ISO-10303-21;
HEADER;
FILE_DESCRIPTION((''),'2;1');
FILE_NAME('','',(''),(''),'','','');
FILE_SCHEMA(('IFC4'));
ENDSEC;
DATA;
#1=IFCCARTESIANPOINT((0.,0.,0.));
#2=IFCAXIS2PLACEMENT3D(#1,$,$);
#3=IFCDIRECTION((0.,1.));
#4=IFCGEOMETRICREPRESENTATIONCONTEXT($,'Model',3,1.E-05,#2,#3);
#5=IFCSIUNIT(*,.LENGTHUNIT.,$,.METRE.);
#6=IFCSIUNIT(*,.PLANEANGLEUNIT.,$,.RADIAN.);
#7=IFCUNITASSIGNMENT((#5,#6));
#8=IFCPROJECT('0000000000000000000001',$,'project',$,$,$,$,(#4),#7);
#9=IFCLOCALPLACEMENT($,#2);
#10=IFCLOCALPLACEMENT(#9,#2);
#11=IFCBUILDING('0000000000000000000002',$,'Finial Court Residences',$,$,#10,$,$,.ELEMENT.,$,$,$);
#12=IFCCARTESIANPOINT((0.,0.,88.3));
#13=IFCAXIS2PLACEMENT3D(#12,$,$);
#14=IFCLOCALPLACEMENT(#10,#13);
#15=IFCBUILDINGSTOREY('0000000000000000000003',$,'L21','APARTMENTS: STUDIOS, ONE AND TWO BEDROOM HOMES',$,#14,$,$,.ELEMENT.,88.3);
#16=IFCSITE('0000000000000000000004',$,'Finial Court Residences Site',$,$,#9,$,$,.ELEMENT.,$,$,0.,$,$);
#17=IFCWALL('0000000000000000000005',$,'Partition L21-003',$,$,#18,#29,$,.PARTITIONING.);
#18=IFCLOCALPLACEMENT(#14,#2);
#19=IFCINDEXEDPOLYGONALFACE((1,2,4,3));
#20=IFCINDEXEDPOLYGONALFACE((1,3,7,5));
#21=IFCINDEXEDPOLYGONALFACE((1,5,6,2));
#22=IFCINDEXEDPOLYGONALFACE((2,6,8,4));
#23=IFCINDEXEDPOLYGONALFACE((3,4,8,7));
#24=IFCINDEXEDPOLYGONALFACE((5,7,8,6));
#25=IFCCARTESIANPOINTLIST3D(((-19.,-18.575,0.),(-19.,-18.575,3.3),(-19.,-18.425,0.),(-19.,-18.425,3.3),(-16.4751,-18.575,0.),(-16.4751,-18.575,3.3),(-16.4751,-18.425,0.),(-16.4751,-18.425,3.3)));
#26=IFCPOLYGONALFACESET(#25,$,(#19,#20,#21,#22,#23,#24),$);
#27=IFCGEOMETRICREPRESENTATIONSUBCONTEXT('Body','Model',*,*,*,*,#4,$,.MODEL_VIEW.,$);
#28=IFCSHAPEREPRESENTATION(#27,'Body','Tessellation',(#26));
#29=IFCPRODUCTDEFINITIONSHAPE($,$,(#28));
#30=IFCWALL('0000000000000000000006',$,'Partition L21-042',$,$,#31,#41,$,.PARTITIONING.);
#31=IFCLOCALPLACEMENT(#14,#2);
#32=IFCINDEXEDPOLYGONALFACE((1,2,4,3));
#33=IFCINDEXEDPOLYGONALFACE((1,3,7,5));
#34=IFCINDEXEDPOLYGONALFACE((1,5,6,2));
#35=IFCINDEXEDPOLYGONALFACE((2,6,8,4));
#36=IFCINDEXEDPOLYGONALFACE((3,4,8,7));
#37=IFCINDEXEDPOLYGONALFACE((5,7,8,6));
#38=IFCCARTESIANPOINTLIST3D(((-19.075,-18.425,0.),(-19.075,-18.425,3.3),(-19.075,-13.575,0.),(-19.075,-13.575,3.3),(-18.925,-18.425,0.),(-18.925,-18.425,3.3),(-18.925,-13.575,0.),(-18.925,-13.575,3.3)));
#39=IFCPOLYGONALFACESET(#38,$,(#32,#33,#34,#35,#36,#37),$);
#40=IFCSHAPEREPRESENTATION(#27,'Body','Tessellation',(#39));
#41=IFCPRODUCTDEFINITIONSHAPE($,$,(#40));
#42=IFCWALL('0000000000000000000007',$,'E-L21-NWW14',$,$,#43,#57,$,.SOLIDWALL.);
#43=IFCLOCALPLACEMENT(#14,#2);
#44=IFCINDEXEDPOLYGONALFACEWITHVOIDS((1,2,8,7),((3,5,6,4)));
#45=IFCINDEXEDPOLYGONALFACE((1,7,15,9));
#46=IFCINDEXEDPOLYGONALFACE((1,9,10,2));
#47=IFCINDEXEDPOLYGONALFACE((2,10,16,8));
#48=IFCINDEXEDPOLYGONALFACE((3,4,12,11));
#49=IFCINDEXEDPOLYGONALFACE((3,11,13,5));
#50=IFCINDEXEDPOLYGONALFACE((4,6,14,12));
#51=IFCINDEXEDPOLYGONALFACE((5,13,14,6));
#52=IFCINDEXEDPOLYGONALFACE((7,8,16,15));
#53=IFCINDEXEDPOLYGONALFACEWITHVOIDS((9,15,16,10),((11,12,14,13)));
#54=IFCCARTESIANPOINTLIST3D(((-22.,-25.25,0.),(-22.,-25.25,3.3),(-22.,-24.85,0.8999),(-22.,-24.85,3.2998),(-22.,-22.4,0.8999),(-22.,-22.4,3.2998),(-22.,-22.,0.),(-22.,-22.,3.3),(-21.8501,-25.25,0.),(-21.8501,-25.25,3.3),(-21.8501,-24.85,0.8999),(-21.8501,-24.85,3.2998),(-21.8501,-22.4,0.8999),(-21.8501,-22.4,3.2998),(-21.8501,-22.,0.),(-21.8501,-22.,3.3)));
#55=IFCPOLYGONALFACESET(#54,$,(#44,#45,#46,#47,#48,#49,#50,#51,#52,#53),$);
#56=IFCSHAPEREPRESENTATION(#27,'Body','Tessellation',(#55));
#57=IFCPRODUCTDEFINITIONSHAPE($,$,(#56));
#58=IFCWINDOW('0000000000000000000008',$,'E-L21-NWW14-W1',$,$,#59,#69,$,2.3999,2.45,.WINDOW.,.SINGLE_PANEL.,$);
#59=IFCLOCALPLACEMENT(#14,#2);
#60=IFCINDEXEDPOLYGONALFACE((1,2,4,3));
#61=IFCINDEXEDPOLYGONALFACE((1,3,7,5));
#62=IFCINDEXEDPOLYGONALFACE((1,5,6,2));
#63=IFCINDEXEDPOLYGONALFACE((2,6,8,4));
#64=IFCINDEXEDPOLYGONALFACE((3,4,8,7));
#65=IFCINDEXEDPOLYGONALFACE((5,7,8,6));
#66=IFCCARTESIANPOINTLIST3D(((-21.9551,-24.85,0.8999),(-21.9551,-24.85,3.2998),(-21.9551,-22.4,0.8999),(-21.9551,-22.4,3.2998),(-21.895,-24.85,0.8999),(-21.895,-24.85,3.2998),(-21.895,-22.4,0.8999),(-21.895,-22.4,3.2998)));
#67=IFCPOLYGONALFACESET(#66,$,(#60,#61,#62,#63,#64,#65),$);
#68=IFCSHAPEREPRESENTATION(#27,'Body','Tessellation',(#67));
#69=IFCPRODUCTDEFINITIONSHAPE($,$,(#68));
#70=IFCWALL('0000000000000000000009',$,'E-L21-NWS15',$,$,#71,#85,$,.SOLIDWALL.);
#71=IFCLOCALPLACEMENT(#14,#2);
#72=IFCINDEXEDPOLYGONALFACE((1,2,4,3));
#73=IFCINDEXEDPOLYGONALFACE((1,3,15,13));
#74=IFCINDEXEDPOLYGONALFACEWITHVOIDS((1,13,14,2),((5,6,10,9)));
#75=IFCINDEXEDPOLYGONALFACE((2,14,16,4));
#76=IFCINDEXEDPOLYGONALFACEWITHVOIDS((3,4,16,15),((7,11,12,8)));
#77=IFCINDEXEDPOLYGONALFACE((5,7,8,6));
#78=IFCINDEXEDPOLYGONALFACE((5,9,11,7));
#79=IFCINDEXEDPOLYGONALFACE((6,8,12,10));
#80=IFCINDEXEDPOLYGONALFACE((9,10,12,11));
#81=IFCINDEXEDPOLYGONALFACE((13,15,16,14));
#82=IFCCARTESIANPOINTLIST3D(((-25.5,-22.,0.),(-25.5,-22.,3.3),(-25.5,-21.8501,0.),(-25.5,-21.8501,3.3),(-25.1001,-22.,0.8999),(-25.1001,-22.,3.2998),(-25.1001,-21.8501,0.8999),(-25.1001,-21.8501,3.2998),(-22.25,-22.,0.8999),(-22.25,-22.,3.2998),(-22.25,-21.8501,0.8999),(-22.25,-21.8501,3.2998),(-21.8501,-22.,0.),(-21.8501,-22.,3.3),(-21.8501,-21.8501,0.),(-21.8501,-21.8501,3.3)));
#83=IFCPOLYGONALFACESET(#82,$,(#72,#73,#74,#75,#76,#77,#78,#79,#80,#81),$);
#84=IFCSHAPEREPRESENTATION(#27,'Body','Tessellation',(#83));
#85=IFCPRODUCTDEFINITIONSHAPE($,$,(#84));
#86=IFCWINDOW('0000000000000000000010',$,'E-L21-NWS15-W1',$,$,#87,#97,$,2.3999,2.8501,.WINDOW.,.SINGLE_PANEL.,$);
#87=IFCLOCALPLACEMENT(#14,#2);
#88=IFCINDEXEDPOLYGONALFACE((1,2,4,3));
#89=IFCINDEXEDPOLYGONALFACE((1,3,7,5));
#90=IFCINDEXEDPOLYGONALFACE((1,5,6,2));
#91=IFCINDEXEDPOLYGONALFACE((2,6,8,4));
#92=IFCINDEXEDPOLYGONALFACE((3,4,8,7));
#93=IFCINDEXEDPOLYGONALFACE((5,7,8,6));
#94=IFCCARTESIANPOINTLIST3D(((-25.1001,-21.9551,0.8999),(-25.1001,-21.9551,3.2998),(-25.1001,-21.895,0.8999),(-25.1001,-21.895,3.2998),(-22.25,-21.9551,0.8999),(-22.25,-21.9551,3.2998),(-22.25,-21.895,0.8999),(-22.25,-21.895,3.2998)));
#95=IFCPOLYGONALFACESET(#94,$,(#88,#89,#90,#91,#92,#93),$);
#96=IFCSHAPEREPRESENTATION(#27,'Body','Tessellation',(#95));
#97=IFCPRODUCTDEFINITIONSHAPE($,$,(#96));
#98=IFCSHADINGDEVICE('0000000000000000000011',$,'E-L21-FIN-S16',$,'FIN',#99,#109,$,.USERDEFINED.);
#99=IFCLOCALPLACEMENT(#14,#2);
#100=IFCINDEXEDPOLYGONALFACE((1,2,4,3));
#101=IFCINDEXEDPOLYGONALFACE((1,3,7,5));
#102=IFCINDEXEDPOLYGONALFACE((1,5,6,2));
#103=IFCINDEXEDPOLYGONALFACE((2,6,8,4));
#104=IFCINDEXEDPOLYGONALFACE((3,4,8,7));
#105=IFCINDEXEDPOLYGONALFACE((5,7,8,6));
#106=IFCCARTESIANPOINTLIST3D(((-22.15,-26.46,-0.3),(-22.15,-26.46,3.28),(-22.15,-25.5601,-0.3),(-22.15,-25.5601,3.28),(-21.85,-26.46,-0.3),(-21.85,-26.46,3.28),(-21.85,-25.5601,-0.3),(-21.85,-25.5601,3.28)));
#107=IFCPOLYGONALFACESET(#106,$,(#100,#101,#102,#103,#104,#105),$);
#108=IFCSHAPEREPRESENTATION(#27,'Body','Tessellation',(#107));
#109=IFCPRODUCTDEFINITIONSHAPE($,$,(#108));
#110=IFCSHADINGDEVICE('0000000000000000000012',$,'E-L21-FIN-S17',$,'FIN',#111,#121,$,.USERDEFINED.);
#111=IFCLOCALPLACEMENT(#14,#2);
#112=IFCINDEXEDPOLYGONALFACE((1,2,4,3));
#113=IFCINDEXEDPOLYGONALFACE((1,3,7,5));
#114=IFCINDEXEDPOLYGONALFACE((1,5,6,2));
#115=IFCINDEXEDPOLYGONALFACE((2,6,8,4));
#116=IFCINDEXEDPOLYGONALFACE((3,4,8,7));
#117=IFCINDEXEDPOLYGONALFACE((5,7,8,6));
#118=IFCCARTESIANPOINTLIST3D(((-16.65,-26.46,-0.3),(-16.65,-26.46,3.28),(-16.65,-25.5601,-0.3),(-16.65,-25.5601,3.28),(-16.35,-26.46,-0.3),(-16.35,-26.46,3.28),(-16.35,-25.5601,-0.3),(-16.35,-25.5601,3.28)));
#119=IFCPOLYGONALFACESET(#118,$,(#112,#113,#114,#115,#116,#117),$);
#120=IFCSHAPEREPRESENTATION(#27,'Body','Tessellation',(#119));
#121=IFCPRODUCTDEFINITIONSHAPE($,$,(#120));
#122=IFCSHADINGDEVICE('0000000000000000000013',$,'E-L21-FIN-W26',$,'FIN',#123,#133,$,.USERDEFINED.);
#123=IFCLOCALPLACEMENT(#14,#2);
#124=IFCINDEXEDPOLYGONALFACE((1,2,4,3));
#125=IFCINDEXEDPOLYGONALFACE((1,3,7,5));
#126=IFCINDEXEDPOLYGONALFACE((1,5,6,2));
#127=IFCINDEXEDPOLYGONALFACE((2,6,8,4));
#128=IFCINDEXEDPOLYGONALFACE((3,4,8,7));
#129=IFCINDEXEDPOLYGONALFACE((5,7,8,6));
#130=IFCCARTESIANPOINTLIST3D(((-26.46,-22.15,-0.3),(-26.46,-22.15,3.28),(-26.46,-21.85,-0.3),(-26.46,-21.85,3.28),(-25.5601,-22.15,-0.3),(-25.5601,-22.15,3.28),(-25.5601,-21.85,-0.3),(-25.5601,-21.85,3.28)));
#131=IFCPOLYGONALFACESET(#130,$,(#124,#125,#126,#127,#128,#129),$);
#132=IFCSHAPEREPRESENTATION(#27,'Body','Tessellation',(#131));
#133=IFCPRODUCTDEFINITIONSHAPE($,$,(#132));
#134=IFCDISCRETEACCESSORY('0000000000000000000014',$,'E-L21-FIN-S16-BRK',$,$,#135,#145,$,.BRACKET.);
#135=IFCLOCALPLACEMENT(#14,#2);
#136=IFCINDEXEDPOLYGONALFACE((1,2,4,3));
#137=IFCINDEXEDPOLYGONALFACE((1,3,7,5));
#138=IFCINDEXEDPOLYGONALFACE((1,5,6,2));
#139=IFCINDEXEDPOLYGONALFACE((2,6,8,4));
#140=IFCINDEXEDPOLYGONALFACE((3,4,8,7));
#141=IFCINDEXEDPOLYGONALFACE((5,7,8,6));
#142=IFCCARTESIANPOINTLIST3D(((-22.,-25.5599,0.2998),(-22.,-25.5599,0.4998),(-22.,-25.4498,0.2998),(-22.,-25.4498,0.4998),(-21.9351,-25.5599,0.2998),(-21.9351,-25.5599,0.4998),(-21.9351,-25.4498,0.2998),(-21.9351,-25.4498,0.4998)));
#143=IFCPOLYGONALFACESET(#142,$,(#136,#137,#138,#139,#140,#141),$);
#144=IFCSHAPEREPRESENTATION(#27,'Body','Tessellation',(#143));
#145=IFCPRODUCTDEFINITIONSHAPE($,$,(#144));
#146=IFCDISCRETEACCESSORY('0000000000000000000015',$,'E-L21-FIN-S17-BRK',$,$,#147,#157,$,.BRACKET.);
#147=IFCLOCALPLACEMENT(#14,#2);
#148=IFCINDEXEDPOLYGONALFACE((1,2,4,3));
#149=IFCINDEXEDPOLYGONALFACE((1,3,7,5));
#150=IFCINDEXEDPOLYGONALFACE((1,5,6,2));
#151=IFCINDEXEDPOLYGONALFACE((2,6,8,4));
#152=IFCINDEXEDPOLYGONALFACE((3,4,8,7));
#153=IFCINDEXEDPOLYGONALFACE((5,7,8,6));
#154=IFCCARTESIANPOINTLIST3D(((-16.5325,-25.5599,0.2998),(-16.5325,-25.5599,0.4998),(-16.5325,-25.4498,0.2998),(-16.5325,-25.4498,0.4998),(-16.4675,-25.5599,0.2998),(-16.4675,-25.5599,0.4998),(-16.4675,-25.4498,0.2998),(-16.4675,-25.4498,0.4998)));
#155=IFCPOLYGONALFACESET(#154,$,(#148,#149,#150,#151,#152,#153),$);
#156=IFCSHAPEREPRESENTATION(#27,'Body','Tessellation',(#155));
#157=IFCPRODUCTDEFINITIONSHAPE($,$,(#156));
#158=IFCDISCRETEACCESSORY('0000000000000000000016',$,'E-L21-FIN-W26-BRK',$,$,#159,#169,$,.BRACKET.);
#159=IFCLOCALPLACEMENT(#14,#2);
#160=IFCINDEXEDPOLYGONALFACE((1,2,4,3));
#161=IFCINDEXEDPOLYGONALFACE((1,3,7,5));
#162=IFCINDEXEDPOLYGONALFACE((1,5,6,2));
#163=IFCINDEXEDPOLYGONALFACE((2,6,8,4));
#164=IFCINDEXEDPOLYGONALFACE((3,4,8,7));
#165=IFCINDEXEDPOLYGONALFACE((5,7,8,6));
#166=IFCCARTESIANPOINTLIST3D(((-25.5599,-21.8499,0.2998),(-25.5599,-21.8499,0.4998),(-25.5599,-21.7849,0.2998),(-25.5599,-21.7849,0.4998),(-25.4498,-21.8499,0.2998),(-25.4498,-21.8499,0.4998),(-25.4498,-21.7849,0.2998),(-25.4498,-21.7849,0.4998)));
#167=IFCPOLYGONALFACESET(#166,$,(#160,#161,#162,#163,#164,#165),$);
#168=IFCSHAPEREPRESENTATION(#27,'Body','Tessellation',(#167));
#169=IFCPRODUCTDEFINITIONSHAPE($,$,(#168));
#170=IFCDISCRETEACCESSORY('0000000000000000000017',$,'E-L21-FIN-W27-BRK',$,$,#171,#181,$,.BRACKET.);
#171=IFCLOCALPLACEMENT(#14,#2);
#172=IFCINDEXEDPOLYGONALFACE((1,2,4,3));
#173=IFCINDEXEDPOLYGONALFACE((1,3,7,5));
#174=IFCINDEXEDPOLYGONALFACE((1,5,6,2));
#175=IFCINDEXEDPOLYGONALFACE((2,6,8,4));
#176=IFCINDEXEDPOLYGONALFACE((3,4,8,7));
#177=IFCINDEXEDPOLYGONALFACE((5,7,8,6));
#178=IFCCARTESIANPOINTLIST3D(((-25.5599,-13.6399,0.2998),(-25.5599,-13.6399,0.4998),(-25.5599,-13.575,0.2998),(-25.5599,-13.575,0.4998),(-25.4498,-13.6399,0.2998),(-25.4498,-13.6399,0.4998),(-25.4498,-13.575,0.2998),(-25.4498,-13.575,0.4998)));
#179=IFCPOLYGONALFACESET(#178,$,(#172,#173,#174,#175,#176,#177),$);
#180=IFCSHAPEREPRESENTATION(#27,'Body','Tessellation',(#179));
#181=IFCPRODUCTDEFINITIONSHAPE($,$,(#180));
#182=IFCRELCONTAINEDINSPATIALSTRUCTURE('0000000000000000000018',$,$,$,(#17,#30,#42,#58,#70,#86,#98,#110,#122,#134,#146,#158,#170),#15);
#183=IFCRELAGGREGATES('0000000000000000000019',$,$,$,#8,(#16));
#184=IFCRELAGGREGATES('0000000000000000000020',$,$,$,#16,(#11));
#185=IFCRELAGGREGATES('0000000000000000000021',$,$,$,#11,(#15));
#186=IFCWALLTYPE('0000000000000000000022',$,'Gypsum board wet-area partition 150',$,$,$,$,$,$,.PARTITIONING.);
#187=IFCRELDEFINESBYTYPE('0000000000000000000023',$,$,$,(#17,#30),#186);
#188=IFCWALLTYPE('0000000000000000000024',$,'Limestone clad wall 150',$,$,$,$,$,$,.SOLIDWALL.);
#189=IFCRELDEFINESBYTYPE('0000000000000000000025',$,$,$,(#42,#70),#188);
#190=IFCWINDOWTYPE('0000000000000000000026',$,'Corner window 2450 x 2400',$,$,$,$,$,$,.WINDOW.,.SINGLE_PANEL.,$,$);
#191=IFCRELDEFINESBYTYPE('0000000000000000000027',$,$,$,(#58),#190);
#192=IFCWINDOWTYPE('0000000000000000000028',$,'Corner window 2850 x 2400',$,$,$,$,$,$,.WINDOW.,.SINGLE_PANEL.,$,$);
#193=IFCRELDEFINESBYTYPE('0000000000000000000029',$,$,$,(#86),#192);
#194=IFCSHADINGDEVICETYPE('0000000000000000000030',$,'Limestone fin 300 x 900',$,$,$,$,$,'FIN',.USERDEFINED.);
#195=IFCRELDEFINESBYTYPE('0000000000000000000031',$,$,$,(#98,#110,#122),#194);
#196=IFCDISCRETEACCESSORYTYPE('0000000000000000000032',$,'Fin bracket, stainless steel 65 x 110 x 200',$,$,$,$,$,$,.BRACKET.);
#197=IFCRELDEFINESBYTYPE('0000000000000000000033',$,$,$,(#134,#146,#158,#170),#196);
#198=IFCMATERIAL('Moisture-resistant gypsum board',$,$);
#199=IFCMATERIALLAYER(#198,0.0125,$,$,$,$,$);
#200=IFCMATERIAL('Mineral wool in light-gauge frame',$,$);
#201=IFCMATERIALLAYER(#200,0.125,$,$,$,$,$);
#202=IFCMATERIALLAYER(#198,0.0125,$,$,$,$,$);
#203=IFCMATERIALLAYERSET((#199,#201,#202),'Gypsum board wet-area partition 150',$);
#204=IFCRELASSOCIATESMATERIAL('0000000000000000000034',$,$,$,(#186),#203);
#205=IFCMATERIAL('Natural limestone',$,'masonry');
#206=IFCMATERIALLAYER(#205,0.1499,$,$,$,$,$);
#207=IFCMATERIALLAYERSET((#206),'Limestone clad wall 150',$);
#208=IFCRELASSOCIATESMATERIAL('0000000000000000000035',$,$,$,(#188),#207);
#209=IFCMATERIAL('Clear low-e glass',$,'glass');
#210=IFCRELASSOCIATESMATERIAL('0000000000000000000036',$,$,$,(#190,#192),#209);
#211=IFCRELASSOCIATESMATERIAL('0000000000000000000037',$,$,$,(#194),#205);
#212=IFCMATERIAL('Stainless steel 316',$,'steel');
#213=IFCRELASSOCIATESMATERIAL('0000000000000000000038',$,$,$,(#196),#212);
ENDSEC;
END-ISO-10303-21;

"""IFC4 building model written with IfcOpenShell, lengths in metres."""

from ifc_helpers import new_model, si_unit, direction, frame, frame_2d, origin, origin_2d, place, context, subcontext, project, spatial, rectangle, extrude, material, layer, layer_set, type_object, element, fill, save


model = new_model("IFC4")

# Units and contexts
model_context = context("Model", 3, precision=1e-05, world=origin(), true_north=direction((0.0, 1.0)))
body_context = subcontext(model_context, "Body", "Model", "MODEL_VIEW")
ifc_project = project(units=[si_unit("LENGTHUNIT", "METRE"), si_unit("PLANEANGLEUNIT", "RADIAN")], contexts=[model_context])

# Site, building, storey
site_placement = place(None, origin())
site = spatial("IfcSite", under=ifc_project, at=site_placement, Name="Finial Court Residences Site", CompositionType="ELEMENT", RefElevation=0.0)
building_placement = place(site_placement, origin())
building = spatial("IfcBuilding", under=site, at=building_placement, Name="Finial Court Residences", CompositionType="ELEMENT")
storey_placement = place(building_placement, frame((0.0, 0.0, 88.3)))
storey = spatial("IfcBuildingStorey", under=building, at=storey_placement, Name="L21", Description="APARTMENTS: STUDIOS, ONE AND TWO BEDROOM HOMES", CompositionType="ELEMENT", Elevation=88.3)

# Shared definitions
ifc_material_1 = material(Name="Clear low-e glass", Category="glass")

# Shared definitions
ifc_material_2 = material(Name="Mineral wool in light-gauge frame")

# Walls
ifc_material_3 = material(Name="Moisture-resistant gypsum board")
ifc_layer_1 = layer(ifc_material_3, 0.0125)
ifc_layer_2 = layer(ifc_material_2, 0.125)
ifc_layer_3 = layer(ifc_material_3, 0.0125)
ifc_layer_set_1 = layer_set([ifc_layer_1, ifc_layer_2, ifc_layer_3], Name="Gypsum board wet-area partition 150")
wall_type_1 = type_object("IfcWallType", Name="Gypsum board wet-area partition 150", PredefinedType="PARTITIONING", material=ifc_layer_set_1)
wall_1_placement = place(storey_placement, frame((-19.0, -18.5, 0.0), z_axis=(0.0, 0.0, 1.0), x_axis=(1.0, 0.0, 0.0)))
element("IfcWall", 1, at=wall_1_placement, inside=storey, type_object=wall_type_1, Name="Partition L21-003", PredefinedType="PARTITIONING", context=body_context, shape_type="SweptSolid", body=[
    extrude(rectangle(XDim=2.5249, YDim=0.1499, at=frame_2d((1.2625, 0.0))), origin(), (0.0, 0.0, 1.0), 3.3),
])
wall_2_placement = place(storey_placement, frame((-19.0, -18.425, 0.0), z_axis=(0.0, 0.0, 1.0), x_axis=(0.0, 1.0, 0.0)))
element("IfcWall", 2, at=wall_2_placement, inside=storey, type_object=wall_type_1, Name="Partition L21-042", PredefinedType="PARTITIONING", context=body_context, shape_type="SweptSolid", body=[
    extrude(rectangle(XDim=4.8501, YDim=0.1499, at=frame_2d((2.425, 0.0))), origin(), (0.0, 0.0, 1.0), 3.3),
])

# Walls, openings, windows
ifc_material_4 = material(Name="Natural limestone", Category="masonry")
ifc_layer_4 = layer(ifc_material_4, 0.1499)
ifc_layer_set_2 = layer_set([ifc_layer_4], Name="Limestone clad wall 150")
wall_type_2 = type_object("IfcWallType", Name="Limestone clad wall 150", PredefinedType="SOLIDWALL", material=ifc_layer_set_2)
wall_3_placement = place(storey_placement, frame((-21.925, -25.25, 0.0), z_axis=(0.0, 0.0, 1.0), x_axis=(0.0, 1.0, 0.0)))
wall_3 = element("IfcWall", 3, at=wall_3_placement, inside=storey, type_object=wall_type_2, Name="E-L21-NWW14", PredefinedType="SOLIDWALL", context=body_context, shape_type="SweptSolid", body=[
    extrude(rectangle(XDim=3.25, YDim=0.1499, at=frame_2d((1.625, 0.0))), origin(), (0.0, 0.0, 1.0), 3.3),
])
opening_1_placement = place(wall_3_placement, frame((0.3999, 0.0, 0.8999)))
opening_1 = element("IfcOpeningElement", 4, at=opening_1_placement, cuts=wall_3, PredefinedType="OPENING", context=body_context, shape_type="SweptSolid", body=[
    extrude(rectangle(XDim=2.45, YDim=2.3999, at=frame_2d((1.2251, 1.2))), frame((0.0, 0.085, 0.0), z_axis=(0.0, -1.0, 0.0), x_axis=(1.0, 0.0, 0.0)), (0.0, 0.0, 1.0), 0.1699),
])
window_type_1 = type_object("IfcWindowType", Name="Corner window 2450 x 2400", PartitioningType="SINGLE_PANEL", PredefinedType="WINDOW", material=ifc_material_1)
window_1_placement = place(opening_1_placement, origin())
window_1 = element("IfcWindow", 5, at=window_1_placement, inside=storey, type_object=window_type_1, Name="E-L21-NWW14-W1", OverallHeight=2.3999, OverallWidth=2.45, PartitioningType="SINGLE_PANEL", PredefinedType="WINDOW", context=body_context, shape_type="SweptSolid", body=[
    extrude(rectangle(XDim=2.45, YDim=2.3999, at=frame_2d((1.2251, 1.2))), frame((0.0, 0.03, 0.0), z_axis=(0.0, -1.0, 0.0), x_axis=(1.0, 0.0, 0.0)), (0.0, 0.0, 1.0), 0.0601),
])
fill(opening_1, window_1)
wall_4_placement = place(storey_placement, frame((-21.8501, -21.925, 0.0), z_axis=(0.0, 0.0, 1.0), x_axis=(-1.0, 0.0, 0.0)))
wall_4 = element("IfcWall", 6, at=wall_4_placement, inside=storey, type_object=wall_type_2, Name="E-L21-NWS15", PredefinedType="SOLIDWALL", context=body_context, shape_type="SweptSolid", body=[
    extrude(rectangle(XDim=3.6499, YDim=0.1499, at=frame_2d((1.825, 0.0))), origin(), (0.0, 0.0, 1.0), 3.3),
])
opening_2_placement = place(wall_4_placement, frame((0.3999, 0.0, 0.8999)))
opening_2 = element("IfcOpeningElement", 7, at=opening_2_placement, cuts=wall_4, PredefinedType="OPENING", context=body_context, shape_type="SweptSolid", body=[
    extrude(rectangle(XDim=2.8501, YDim=2.3999, at=frame_2d((1.425, 1.2))), frame((0.0, 0.085, 0.0), z_axis=(0.0, -1.0, 0.0), x_axis=(1.0, 0.0, 0.0)), (0.0, 0.0, 1.0), 0.1699),
])
window_type_2 = type_object("IfcWindowType", Name="Corner window 2850 x 2400", PartitioningType="SINGLE_PANEL", PredefinedType="WINDOW", material=ifc_material_1)
window_2_placement = place(opening_2_placement, origin())
window_2 = element("IfcWindow", 8, at=window_2_placement, inside=storey, type_object=window_type_2, Name="E-L21-NWS15-W1", OverallHeight=2.3999, OverallWidth=2.8501, PartitioningType="SINGLE_PANEL", PredefinedType="WINDOW", context=body_context, shape_type="SweptSolid", body=[
    extrude(rectangle(XDim=2.8501, YDim=2.3999, at=frame_2d((1.425, 1.2))), frame((0.0, 0.03, 0.0), z_axis=(0.0, -1.0, 0.0), x_axis=(1.0, 0.0, 0.0)), (0.0, 0.0, 1.0), 0.0601),
])
fill(opening_2, window_2)

# Shading devices
shading_device_type = type_object("IfcShadingDeviceType", Name="Limestone fin 300 x 900", ElementType="FIN", PredefinedType="USERDEFINED", material=ifc_material_4)
for number, where, z_axis, x_axis, name in (
    (9, (-22.0, -26.01, -0.3), (0.0, 0.0, 1.0), (1.0, 0.0, 0.0), "E-L21-FIN-S16"),
    (10, (-16.5, -26.01, -0.3), (0.0, 0.0, 1.0), (1.0, 0.0, 0.0), "E-L21-FIN-S17"),
):
    element("IfcShadingDevice", number, at=place(storey_placement, frame(where, z_axis=z_axis, x_axis=x_axis)), inside=storey, type_object=shading_device_type, Name=name, ObjectType="FIN", PredefinedType="USERDEFINED", context=body_context, shape_type="SweptSolid", body=[
        extrude(rectangle(XDim=0.3, YDim=0.8999, at=origin_2d()), origin(), (0.0, 0.0, 1.0), 3.5801),
    ])
shading_device_placement = place(storey_placement, frame((-26.01, -22.0, -0.3), z_axis=(0.0, 0.0, 1.0), x_axis=(1.0, 0.0, 0.0)))
element("IfcShadingDevice", 11, at=shading_device_placement, inside=storey, type_object=shading_device_type, Name="E-L21-FIN-W26", ObjectType="FIN", PredefinedType="USERDEFINED", context=body_context, shape_type="SweptSolid", body=[
    extrude(rectangle(XDim=0.8999, YDim=0.3, at=origin_2d()), origin(), (0.0, 0.0, 1.0), 3.5801),
])

# Discrete accessories
ifc_material_5 = material(Name="Stainless steel 316", Category="steel")
discrete_accessory_type = type_object("IfcDiscreteAccessoryType", Name="Fin bracket, stainless steel 65 x 110 x 200", PredefinedType="BRACKET", material=ifc_material_5)
for number, where, z_axis, x_axis, name in (
    (12, (-21.9675, -25.5049, 0.2998), (0.0, 0.0, 1.0), (1.0, 0.0, 0.0), "E-L21-FIN-S16-BRK"),
    (13, (-16.5, -25.5049, 0.2998), (0.0, 0.0, 1.0), (1.0, 0.0, 0.0), "E-L21-FIN-S17-BRK"),
):
    element("IfcDiscreteAccessory", number, at=place(storey_placement, frame(where, z_axis=z_axis, x_axis=x_axis)), inside=storey, type_object=discrete_accessory_type, Name=name, PredefinedType="BRACKET", context=body_context, shape_type="SweptSolid", body=[
        extrude(rectangle(XDim=0.0649, YDim=0.1101, at=origin_2d()), origin(), (0.0, 0.0, 1.0), 0.2),
    ])
for number, where, z_axis, x_axis, name in (
    (14, (-25.5049, -21.8174, 0.2998), (0.0, 0.0, 1.0), (1.0, 0.0, 0.0), "E-L21-FIN-W26-BRK"),
    (15, (-25.5049, -13.6074, 0.2998), (0.0, 0.0, 1.0), (1.0, 0.0, 0.0), "E-L21-FIN-W27-BRK"),
):
    element("IfcDiscreteAccessory", number, at=place(storey_placement, frame(where, z_axis=z_axis, x_axis=x_axis)), inside=storey, type_object=discrete_accessory_type, Name=name, PredefinedType="BRACKET", context=body_context, shape_type="SweptSolid", body=[
        extrude(rectangle(XDim=0.1101, YDim=0.0649, at=origin_2d()), origin(), (0.0, 0.0, 1.0), 0.2),
    ])

save(model, "model.ifc")
